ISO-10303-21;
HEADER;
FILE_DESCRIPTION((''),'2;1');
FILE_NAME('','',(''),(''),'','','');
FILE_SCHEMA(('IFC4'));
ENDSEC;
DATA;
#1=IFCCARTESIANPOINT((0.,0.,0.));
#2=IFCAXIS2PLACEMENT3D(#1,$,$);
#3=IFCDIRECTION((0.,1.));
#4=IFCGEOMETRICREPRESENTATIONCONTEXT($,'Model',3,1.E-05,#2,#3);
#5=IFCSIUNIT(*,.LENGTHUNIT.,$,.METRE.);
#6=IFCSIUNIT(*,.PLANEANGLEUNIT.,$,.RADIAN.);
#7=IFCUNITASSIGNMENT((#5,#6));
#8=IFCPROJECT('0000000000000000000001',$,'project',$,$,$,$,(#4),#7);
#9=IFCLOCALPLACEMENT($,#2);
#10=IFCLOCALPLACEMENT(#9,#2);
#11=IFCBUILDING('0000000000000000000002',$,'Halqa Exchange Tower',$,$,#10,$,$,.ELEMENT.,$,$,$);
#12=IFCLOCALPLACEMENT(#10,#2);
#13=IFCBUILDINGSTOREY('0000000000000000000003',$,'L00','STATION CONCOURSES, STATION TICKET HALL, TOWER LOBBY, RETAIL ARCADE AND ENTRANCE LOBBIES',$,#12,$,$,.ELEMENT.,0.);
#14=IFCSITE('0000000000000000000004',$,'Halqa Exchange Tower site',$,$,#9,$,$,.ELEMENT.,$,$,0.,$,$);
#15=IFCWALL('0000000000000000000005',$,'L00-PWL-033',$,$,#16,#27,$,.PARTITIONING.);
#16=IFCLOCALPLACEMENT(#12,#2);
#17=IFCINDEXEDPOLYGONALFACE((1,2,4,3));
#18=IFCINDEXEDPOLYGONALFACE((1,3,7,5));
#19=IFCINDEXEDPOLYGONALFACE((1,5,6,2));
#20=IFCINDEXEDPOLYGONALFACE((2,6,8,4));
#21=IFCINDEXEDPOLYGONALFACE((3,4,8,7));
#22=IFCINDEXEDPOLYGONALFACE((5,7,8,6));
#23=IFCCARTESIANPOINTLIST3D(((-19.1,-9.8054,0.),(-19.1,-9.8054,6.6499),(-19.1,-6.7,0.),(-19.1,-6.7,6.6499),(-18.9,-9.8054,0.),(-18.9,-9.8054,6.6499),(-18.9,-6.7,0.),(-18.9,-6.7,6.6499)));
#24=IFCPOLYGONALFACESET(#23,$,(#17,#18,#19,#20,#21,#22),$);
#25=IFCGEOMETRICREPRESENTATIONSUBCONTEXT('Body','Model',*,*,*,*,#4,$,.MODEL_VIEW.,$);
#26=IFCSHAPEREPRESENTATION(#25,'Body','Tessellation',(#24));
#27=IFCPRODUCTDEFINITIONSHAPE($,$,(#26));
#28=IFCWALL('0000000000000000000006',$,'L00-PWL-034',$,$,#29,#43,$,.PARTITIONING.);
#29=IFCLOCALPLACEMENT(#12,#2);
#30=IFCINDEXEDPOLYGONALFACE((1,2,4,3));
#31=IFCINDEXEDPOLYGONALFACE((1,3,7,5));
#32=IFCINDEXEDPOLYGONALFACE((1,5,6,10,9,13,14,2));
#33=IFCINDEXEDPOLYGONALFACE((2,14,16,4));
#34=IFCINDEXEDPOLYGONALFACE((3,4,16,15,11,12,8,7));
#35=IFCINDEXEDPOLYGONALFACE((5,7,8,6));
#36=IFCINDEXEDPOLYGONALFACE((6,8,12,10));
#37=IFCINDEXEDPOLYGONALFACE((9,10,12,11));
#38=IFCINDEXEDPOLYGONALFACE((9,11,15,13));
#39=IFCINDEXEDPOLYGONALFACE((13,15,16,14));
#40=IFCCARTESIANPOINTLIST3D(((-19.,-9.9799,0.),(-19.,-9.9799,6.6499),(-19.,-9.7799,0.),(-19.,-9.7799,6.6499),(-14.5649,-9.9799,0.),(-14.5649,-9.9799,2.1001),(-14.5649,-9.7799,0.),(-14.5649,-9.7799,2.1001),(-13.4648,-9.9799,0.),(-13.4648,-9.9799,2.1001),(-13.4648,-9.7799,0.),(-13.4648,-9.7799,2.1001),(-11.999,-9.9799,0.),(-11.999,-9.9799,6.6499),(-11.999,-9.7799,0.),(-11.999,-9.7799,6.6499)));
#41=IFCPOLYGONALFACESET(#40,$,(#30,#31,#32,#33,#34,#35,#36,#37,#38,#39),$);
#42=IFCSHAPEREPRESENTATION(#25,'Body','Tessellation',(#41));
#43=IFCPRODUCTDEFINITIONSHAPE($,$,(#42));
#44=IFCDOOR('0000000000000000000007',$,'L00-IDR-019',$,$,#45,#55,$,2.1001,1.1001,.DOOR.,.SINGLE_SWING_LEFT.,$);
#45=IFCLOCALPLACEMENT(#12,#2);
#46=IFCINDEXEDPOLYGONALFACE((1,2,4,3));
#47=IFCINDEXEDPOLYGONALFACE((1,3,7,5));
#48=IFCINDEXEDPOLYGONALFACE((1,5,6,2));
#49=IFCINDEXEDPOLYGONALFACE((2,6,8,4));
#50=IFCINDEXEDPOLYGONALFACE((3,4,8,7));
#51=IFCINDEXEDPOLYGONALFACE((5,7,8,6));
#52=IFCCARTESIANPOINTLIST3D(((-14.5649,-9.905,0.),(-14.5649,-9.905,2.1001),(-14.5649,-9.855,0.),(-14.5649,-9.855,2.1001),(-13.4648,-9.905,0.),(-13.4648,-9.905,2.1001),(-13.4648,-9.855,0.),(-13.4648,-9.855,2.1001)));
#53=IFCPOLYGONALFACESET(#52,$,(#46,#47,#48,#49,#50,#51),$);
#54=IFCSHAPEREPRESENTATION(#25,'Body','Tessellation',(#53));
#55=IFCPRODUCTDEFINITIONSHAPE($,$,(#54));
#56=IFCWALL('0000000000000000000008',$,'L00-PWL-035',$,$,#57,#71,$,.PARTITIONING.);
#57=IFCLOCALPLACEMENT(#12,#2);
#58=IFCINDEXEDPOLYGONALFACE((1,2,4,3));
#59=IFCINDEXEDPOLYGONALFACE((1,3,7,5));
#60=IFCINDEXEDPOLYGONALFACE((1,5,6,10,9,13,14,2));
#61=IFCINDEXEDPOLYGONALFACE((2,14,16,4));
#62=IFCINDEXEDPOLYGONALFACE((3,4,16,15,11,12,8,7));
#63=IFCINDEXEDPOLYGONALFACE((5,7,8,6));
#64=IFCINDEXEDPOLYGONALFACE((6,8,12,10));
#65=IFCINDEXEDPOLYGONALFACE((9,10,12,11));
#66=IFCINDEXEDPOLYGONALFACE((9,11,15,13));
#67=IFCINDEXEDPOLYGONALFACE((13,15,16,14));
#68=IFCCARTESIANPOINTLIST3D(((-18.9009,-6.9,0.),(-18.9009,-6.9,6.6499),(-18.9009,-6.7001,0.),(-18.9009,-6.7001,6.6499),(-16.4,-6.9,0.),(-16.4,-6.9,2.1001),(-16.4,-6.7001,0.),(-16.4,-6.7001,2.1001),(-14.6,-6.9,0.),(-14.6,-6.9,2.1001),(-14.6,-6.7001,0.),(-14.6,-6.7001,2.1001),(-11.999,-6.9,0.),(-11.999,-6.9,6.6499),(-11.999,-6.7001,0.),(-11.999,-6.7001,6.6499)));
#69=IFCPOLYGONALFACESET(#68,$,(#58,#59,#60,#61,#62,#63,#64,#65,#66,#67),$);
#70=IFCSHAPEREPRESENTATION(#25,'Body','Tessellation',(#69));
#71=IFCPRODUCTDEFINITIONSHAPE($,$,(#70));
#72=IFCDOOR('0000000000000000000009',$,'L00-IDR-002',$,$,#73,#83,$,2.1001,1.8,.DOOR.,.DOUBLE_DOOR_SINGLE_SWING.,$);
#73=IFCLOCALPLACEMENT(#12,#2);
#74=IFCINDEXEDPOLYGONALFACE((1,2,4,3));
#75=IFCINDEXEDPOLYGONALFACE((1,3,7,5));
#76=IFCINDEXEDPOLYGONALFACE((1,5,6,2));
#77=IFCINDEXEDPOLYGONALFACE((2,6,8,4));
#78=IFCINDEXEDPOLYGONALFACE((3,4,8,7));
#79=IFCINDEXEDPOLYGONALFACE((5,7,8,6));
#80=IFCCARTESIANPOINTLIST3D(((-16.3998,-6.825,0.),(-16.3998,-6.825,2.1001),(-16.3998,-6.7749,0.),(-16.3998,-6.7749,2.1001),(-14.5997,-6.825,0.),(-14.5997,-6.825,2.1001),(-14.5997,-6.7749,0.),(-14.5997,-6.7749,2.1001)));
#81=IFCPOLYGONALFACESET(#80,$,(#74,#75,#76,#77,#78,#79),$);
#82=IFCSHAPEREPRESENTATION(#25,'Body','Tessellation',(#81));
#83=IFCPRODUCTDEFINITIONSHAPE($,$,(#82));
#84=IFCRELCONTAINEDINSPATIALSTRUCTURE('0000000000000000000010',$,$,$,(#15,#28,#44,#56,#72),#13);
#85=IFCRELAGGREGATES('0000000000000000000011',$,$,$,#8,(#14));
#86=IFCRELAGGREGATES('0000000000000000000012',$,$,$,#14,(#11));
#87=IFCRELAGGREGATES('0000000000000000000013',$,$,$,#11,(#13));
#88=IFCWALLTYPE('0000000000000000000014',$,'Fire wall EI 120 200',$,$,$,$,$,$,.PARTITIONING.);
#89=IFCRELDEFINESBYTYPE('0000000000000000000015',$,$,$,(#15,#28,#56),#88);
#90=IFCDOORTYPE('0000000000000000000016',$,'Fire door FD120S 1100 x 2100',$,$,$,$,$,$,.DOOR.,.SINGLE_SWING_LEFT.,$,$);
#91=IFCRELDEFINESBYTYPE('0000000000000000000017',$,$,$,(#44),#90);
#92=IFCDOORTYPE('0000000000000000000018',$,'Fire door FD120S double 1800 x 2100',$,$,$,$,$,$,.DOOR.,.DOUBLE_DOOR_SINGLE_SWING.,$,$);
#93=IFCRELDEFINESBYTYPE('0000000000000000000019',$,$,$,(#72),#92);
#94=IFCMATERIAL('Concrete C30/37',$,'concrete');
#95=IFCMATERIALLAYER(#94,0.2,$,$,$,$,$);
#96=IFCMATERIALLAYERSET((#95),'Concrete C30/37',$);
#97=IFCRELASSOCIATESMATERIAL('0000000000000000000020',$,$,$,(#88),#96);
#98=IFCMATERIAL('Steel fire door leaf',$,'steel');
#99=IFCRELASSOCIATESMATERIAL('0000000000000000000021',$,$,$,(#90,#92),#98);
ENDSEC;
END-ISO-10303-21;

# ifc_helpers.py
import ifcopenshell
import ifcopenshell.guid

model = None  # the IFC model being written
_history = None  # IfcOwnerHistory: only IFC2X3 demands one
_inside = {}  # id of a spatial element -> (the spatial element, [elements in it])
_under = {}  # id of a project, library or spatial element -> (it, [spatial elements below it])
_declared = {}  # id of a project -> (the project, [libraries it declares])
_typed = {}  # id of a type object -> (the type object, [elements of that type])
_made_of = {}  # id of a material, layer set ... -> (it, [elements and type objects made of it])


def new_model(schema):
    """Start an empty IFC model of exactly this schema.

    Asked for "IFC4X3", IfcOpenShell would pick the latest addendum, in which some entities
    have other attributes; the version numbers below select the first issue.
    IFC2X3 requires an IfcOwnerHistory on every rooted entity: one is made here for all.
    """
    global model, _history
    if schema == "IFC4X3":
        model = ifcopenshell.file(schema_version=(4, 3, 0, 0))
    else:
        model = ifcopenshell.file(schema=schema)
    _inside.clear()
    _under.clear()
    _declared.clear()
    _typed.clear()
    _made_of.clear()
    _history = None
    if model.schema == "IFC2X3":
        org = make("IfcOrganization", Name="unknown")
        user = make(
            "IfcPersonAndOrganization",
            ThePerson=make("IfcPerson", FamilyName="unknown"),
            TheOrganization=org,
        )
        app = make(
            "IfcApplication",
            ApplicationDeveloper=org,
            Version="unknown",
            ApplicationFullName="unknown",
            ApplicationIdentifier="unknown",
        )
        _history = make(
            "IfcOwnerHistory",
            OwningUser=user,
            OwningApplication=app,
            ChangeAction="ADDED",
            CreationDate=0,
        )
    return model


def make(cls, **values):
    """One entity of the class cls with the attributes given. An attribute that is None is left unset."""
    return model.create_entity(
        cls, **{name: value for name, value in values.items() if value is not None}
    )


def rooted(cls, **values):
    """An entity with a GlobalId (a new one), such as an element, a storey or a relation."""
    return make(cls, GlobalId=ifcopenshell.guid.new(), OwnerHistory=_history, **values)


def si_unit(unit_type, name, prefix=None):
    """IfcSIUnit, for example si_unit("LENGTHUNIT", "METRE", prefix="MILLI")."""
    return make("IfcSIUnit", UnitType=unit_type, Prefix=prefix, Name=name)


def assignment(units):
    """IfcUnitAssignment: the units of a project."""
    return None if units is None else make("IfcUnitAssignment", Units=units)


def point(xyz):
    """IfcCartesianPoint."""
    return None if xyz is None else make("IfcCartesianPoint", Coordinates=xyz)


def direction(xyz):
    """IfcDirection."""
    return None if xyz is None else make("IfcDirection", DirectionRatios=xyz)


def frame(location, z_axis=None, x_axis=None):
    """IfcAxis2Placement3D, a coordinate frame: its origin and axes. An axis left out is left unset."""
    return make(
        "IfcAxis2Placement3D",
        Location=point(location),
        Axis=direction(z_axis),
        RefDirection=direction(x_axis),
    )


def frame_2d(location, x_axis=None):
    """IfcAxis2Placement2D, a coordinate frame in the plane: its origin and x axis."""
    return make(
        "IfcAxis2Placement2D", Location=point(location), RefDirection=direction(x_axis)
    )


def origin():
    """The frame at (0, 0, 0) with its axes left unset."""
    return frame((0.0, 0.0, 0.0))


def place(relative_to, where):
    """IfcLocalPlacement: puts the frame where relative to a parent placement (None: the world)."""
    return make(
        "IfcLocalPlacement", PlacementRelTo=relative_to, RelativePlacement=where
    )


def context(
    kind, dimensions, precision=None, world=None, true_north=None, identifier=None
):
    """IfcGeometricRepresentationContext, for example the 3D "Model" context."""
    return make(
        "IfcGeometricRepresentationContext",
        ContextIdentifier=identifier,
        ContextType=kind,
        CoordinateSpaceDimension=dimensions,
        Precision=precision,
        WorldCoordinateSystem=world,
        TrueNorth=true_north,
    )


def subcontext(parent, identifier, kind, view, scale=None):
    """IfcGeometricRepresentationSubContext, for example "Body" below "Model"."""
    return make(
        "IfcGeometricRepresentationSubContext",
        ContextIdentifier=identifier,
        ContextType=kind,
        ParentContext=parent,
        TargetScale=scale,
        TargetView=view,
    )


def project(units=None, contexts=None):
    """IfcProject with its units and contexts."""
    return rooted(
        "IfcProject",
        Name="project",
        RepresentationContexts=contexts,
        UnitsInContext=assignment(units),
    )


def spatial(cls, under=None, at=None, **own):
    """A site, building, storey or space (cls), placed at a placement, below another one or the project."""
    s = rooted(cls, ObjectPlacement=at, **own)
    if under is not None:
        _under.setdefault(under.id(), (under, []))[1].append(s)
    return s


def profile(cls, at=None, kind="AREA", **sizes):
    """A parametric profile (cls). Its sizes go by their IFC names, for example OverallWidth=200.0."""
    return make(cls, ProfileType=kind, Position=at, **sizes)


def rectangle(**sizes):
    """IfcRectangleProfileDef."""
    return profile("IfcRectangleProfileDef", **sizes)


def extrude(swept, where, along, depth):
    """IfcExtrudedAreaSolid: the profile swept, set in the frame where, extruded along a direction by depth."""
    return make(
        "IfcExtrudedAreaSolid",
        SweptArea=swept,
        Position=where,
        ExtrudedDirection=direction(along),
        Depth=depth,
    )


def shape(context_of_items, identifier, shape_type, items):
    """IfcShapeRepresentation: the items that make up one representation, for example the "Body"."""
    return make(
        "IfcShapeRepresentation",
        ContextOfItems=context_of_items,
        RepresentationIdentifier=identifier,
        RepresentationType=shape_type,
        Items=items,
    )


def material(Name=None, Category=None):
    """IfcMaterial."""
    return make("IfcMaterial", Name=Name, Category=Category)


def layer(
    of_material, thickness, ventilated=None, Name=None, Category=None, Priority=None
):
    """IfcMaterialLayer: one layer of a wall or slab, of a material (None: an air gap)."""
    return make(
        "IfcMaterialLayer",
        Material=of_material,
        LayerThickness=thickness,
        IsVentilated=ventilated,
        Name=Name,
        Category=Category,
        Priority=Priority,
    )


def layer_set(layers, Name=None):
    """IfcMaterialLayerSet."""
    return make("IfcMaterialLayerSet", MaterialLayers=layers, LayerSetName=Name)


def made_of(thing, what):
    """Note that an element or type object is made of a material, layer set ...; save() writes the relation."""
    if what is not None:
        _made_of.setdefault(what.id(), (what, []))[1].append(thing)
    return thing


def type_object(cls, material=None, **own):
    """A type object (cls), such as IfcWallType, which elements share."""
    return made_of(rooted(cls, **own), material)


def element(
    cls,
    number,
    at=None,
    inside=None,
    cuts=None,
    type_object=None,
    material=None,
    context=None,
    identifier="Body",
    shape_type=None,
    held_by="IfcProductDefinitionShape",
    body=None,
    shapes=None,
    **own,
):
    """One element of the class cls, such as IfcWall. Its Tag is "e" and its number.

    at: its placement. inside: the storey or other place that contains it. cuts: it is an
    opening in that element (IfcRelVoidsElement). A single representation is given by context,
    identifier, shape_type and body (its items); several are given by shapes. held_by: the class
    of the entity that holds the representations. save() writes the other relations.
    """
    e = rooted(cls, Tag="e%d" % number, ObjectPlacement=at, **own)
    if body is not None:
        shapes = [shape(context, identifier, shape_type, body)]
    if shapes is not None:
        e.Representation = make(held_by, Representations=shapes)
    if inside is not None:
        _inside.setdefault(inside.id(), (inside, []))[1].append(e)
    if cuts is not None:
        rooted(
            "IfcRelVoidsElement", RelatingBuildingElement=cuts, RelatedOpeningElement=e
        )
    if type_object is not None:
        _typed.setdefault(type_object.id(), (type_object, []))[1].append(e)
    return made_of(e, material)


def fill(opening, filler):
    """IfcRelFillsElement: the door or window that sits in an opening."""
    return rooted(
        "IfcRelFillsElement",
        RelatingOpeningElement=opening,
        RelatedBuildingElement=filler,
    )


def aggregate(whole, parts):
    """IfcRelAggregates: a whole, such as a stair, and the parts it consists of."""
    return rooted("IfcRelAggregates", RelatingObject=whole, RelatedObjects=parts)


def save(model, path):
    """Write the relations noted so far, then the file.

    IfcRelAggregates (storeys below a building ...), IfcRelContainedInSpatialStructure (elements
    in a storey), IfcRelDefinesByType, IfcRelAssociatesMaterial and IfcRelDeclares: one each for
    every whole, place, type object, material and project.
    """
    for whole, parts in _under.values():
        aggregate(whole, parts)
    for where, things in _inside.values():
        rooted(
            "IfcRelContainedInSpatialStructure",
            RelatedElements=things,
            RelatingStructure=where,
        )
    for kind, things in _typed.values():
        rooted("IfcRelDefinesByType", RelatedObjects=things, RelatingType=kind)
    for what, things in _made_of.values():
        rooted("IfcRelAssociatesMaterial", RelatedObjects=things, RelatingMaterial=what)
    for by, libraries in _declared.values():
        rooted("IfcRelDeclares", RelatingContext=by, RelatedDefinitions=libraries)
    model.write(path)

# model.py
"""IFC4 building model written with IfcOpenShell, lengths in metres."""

from ifc_helpers import new_model, si_unit, direction, frame, frame_2d, origin, place, context, subcontext, project, spatial, rectangle, extrude, material, layer, layer_set, type_object, element, fill, save


model = new_model("IFC4")

# Units and contexts
model_context = context("Model", 3, precision=1e-05, world=origin(), true_north=direction((0.0, 1.0)))
body_context = subcontext(model_context, "Body", "Model", "MODEL_VIEW")
ifc_project = project(units=[si_unit("LENGTHUNIT", "METRE"), si_unit("PLANEANGLEUNIT", "RADIAN")], contexts=[model_context])

# Site, building, storey
site_placement = place(None, origin())
site = spatial("IfcSite", under=ifc_project, at=site_placement, Name="Halqa Exchange Tower site", CompositionType="ELEMENT", RefElevation=0.0)
building_placement = place(site_placement, origin())
building = spatial("IfcBuilding", under=site, at=building_placement, Name="Halqa Exchange Tower", CompositionType="ELEMENT")
storey_placement = place(building_placement, origin())
storey = spatial("IfcBuildingStorey", under=building, at=storey_placement, Name="L00", Description="STATION CONCOURSES, STATION TICKET HALL, TOWER LOBBY, RETAIL ARCADE AND ENTRANCE LOBBIES", CompositionType="ELEMENT", Elevation=0.0)

# Shared definitions
ifc_material_1 = material(Name="Steel fire door leaf", Category="steel")

# Wall
ifc_material_2 = material(Name="Concrete C30/37", Category="concrete")
ifc_layer_1 = layer(ifc_material_2, 0.2)
ifc_layer_set_1 = layer_set([ifc_layer_1], Name="Concrete C30/37")
wall_type_1 = type_object("IfcWallType", Name="Fire wall EI 120 200", PredefinedType="PARTITIONING", material=ifc_layer_set_1)
wall_1_placement = place(storey_placement, frame((-19.0, -9.8054, 0.0), z_axis=(0.0, 0.0, 1.0), x_axis=(0.0, 1.0, 0.0)))
element("IfcWall", 1, at=wall_1_placement, inside=storey, type_object=wall_type_1, Name="L00-PWL-033", PredefinedType="PARTITIONING", context=body_context, shape_type="SweptSolid", body=[
    extrude(rectangle(XDim=3.1055, YDim=0.2, at=frame_2d((1.5527, 0.0))), origin(), (0.0, 0.0, 1.0), 6.6499),
])

# Walls, openings, doors
wall_2_placement = place(storey_placement, frame((-19.0, -9.8799, 0.0), z_axis=(0.0, 0.0, 1.0), x_axis=(1.0, 0.0, 0.0)))
wall_2 = element("IfcWall", 2, at=wall_2_placement, inside=storey, type_object=wall_type_1, Name="L00-PWL-034", PredefinedType="PARTITIONING", context=body_context, shape_type="SweptSolid", body=[
    extrude(rectangle(XDim=7.001, YDim=0.2, at=frame_2d((3.5005, 0.0))), origin(), (0.0, 0.0, 1.0), 6.6499),
])
opening_1_placement = place(wall_2_placement, frame((4.4351, 0.0, 0.0)))
opening_1 = element("IfcOpeningElement", 3, at=opening_1_placement, cuts=wall_2, PredefinedType="OPENING", context=body_context, shape_type="SweptSolid", body=[
    extrude(rectangle(XDim=1.1001, YDim=2.1001, at=frame_2d((0.55, 1.05))), frame((0.0, 0.1121, 0.0), z_axis=(0.0, -1.0, 0.0), x_axis=(1.0, 0.0, 0.0)), (0.0, 0.0, 1.0), 0.2239),
])
door_type_1 = type_object("IfcDoorType", Name="Fire door FD120S 1100 x 2100", OperationType="SINGLE_SWING_LEFT", PredefinedType="DOOR", material=ifc_material_1)
door_1_placement = place(opening_1_placement, origin())
door_1 = element("IfcDoor", 4, at=door_1_placement, inside=storey, type_object=door_type_1, Name="L00-IDR-019", OperationType="SINGLE_SWING_LEFT", OverallHeight=2.1001, OverallWidth=1.1001, PredefinedType="DOOR", context=body_context, shape_type="SweptSolid", body=[
    extrude(rectangle(XDim=1.1001, YDim=2.1001, at=frame_2d((0.55, 1.05))), frame((0.0, 0.0249, 0.0), z_axis=(0.0, -1.0, 0.0), x_axis=(1.0, 0.0, 0.0)), (0.0, 0.0, 1.0), 0.05),
])
fill(opening_1, door_1)
wall_3_placement = place(storey_placement, frame((-18.9009, -6.8, 0.0), z_axis=(0.0, 0.0, 1.0), x_axis=(1.0, 0.0, 0.0)))
wall_3 = element("IfcWall", 5, at=wall_3_placement, inside=storey, type_object=wall_type_1, Name="L00-PWL-035", PredefinedType="PARTITIONING", context=body_context, shape_type="SweptSolid", body=[
    extrude(rectangle(XDim=6.9019, YDim=0.2, at=frame_2d((3.4509, 0.0))), origin(), (0.0, 0.0, 1.0), 6.6499),
])
opening_2_placement = place(wall_3_placement, frame((2.501, 0.0, 0.0)))
opening_2 = element("IfcOpeningElement", 6, at=opening_2_placement, cuts=wall_3, PredefinedType="OPENING", context=body_context, shape_type="SweptSolid", body=[
    extrude(rectangle(XDim=1.8, YDim=2.1001, at=frame_2d((0.8999, 1.05))), frame((0.0, 0.1121, 0.0), z_axis=(0.0, -1.0, 0.0), x_axis=(1.0, 0.0, 0.0)), (0.0, 0.0, 1.0), 0.2239),
])
door_type_2 = type_object("IfcDoorType", Name="Fire door FD120S double 1800 x 2100", OperationType="DOUBLE_DOOR_SINGLE_SWING", PredefinedType="DOOR", material=ifc_material_1)
door_2_placement = place(opening_2_placement, frame((1.8, 0.0, 0.0), z_axis=(0.0, 0.0, 1.0), x_axis=(-1.0, 0.0, 0.0)))
door_2 = element("IfcDoor", 7, at=door_2_placement, inside=storey, type_object=door_type_2, Name="L00-IDR-002", OperationType="DOUBLE_DOOR_SINGLE_SWING", OverallHeight=2.1001, OverallWidth=1.8, PredefinedType="DOOR", context=body_context, shape_type="SweptSolid", body=[
    extrude(rectangle(XDim=1.8, YDim=2.1001, at=frame_2d((0.8999, 1.05))), frame((0.0, 0.0249, 0.0), z_axis=(0.0, -1.0, 0.0), x_axis=(1.0, 0.0, 0.0)), (0.0, 0.0, 1.0), 0.05),
])
fill(opening_2, door_2)

save(model, "model.ifc")
